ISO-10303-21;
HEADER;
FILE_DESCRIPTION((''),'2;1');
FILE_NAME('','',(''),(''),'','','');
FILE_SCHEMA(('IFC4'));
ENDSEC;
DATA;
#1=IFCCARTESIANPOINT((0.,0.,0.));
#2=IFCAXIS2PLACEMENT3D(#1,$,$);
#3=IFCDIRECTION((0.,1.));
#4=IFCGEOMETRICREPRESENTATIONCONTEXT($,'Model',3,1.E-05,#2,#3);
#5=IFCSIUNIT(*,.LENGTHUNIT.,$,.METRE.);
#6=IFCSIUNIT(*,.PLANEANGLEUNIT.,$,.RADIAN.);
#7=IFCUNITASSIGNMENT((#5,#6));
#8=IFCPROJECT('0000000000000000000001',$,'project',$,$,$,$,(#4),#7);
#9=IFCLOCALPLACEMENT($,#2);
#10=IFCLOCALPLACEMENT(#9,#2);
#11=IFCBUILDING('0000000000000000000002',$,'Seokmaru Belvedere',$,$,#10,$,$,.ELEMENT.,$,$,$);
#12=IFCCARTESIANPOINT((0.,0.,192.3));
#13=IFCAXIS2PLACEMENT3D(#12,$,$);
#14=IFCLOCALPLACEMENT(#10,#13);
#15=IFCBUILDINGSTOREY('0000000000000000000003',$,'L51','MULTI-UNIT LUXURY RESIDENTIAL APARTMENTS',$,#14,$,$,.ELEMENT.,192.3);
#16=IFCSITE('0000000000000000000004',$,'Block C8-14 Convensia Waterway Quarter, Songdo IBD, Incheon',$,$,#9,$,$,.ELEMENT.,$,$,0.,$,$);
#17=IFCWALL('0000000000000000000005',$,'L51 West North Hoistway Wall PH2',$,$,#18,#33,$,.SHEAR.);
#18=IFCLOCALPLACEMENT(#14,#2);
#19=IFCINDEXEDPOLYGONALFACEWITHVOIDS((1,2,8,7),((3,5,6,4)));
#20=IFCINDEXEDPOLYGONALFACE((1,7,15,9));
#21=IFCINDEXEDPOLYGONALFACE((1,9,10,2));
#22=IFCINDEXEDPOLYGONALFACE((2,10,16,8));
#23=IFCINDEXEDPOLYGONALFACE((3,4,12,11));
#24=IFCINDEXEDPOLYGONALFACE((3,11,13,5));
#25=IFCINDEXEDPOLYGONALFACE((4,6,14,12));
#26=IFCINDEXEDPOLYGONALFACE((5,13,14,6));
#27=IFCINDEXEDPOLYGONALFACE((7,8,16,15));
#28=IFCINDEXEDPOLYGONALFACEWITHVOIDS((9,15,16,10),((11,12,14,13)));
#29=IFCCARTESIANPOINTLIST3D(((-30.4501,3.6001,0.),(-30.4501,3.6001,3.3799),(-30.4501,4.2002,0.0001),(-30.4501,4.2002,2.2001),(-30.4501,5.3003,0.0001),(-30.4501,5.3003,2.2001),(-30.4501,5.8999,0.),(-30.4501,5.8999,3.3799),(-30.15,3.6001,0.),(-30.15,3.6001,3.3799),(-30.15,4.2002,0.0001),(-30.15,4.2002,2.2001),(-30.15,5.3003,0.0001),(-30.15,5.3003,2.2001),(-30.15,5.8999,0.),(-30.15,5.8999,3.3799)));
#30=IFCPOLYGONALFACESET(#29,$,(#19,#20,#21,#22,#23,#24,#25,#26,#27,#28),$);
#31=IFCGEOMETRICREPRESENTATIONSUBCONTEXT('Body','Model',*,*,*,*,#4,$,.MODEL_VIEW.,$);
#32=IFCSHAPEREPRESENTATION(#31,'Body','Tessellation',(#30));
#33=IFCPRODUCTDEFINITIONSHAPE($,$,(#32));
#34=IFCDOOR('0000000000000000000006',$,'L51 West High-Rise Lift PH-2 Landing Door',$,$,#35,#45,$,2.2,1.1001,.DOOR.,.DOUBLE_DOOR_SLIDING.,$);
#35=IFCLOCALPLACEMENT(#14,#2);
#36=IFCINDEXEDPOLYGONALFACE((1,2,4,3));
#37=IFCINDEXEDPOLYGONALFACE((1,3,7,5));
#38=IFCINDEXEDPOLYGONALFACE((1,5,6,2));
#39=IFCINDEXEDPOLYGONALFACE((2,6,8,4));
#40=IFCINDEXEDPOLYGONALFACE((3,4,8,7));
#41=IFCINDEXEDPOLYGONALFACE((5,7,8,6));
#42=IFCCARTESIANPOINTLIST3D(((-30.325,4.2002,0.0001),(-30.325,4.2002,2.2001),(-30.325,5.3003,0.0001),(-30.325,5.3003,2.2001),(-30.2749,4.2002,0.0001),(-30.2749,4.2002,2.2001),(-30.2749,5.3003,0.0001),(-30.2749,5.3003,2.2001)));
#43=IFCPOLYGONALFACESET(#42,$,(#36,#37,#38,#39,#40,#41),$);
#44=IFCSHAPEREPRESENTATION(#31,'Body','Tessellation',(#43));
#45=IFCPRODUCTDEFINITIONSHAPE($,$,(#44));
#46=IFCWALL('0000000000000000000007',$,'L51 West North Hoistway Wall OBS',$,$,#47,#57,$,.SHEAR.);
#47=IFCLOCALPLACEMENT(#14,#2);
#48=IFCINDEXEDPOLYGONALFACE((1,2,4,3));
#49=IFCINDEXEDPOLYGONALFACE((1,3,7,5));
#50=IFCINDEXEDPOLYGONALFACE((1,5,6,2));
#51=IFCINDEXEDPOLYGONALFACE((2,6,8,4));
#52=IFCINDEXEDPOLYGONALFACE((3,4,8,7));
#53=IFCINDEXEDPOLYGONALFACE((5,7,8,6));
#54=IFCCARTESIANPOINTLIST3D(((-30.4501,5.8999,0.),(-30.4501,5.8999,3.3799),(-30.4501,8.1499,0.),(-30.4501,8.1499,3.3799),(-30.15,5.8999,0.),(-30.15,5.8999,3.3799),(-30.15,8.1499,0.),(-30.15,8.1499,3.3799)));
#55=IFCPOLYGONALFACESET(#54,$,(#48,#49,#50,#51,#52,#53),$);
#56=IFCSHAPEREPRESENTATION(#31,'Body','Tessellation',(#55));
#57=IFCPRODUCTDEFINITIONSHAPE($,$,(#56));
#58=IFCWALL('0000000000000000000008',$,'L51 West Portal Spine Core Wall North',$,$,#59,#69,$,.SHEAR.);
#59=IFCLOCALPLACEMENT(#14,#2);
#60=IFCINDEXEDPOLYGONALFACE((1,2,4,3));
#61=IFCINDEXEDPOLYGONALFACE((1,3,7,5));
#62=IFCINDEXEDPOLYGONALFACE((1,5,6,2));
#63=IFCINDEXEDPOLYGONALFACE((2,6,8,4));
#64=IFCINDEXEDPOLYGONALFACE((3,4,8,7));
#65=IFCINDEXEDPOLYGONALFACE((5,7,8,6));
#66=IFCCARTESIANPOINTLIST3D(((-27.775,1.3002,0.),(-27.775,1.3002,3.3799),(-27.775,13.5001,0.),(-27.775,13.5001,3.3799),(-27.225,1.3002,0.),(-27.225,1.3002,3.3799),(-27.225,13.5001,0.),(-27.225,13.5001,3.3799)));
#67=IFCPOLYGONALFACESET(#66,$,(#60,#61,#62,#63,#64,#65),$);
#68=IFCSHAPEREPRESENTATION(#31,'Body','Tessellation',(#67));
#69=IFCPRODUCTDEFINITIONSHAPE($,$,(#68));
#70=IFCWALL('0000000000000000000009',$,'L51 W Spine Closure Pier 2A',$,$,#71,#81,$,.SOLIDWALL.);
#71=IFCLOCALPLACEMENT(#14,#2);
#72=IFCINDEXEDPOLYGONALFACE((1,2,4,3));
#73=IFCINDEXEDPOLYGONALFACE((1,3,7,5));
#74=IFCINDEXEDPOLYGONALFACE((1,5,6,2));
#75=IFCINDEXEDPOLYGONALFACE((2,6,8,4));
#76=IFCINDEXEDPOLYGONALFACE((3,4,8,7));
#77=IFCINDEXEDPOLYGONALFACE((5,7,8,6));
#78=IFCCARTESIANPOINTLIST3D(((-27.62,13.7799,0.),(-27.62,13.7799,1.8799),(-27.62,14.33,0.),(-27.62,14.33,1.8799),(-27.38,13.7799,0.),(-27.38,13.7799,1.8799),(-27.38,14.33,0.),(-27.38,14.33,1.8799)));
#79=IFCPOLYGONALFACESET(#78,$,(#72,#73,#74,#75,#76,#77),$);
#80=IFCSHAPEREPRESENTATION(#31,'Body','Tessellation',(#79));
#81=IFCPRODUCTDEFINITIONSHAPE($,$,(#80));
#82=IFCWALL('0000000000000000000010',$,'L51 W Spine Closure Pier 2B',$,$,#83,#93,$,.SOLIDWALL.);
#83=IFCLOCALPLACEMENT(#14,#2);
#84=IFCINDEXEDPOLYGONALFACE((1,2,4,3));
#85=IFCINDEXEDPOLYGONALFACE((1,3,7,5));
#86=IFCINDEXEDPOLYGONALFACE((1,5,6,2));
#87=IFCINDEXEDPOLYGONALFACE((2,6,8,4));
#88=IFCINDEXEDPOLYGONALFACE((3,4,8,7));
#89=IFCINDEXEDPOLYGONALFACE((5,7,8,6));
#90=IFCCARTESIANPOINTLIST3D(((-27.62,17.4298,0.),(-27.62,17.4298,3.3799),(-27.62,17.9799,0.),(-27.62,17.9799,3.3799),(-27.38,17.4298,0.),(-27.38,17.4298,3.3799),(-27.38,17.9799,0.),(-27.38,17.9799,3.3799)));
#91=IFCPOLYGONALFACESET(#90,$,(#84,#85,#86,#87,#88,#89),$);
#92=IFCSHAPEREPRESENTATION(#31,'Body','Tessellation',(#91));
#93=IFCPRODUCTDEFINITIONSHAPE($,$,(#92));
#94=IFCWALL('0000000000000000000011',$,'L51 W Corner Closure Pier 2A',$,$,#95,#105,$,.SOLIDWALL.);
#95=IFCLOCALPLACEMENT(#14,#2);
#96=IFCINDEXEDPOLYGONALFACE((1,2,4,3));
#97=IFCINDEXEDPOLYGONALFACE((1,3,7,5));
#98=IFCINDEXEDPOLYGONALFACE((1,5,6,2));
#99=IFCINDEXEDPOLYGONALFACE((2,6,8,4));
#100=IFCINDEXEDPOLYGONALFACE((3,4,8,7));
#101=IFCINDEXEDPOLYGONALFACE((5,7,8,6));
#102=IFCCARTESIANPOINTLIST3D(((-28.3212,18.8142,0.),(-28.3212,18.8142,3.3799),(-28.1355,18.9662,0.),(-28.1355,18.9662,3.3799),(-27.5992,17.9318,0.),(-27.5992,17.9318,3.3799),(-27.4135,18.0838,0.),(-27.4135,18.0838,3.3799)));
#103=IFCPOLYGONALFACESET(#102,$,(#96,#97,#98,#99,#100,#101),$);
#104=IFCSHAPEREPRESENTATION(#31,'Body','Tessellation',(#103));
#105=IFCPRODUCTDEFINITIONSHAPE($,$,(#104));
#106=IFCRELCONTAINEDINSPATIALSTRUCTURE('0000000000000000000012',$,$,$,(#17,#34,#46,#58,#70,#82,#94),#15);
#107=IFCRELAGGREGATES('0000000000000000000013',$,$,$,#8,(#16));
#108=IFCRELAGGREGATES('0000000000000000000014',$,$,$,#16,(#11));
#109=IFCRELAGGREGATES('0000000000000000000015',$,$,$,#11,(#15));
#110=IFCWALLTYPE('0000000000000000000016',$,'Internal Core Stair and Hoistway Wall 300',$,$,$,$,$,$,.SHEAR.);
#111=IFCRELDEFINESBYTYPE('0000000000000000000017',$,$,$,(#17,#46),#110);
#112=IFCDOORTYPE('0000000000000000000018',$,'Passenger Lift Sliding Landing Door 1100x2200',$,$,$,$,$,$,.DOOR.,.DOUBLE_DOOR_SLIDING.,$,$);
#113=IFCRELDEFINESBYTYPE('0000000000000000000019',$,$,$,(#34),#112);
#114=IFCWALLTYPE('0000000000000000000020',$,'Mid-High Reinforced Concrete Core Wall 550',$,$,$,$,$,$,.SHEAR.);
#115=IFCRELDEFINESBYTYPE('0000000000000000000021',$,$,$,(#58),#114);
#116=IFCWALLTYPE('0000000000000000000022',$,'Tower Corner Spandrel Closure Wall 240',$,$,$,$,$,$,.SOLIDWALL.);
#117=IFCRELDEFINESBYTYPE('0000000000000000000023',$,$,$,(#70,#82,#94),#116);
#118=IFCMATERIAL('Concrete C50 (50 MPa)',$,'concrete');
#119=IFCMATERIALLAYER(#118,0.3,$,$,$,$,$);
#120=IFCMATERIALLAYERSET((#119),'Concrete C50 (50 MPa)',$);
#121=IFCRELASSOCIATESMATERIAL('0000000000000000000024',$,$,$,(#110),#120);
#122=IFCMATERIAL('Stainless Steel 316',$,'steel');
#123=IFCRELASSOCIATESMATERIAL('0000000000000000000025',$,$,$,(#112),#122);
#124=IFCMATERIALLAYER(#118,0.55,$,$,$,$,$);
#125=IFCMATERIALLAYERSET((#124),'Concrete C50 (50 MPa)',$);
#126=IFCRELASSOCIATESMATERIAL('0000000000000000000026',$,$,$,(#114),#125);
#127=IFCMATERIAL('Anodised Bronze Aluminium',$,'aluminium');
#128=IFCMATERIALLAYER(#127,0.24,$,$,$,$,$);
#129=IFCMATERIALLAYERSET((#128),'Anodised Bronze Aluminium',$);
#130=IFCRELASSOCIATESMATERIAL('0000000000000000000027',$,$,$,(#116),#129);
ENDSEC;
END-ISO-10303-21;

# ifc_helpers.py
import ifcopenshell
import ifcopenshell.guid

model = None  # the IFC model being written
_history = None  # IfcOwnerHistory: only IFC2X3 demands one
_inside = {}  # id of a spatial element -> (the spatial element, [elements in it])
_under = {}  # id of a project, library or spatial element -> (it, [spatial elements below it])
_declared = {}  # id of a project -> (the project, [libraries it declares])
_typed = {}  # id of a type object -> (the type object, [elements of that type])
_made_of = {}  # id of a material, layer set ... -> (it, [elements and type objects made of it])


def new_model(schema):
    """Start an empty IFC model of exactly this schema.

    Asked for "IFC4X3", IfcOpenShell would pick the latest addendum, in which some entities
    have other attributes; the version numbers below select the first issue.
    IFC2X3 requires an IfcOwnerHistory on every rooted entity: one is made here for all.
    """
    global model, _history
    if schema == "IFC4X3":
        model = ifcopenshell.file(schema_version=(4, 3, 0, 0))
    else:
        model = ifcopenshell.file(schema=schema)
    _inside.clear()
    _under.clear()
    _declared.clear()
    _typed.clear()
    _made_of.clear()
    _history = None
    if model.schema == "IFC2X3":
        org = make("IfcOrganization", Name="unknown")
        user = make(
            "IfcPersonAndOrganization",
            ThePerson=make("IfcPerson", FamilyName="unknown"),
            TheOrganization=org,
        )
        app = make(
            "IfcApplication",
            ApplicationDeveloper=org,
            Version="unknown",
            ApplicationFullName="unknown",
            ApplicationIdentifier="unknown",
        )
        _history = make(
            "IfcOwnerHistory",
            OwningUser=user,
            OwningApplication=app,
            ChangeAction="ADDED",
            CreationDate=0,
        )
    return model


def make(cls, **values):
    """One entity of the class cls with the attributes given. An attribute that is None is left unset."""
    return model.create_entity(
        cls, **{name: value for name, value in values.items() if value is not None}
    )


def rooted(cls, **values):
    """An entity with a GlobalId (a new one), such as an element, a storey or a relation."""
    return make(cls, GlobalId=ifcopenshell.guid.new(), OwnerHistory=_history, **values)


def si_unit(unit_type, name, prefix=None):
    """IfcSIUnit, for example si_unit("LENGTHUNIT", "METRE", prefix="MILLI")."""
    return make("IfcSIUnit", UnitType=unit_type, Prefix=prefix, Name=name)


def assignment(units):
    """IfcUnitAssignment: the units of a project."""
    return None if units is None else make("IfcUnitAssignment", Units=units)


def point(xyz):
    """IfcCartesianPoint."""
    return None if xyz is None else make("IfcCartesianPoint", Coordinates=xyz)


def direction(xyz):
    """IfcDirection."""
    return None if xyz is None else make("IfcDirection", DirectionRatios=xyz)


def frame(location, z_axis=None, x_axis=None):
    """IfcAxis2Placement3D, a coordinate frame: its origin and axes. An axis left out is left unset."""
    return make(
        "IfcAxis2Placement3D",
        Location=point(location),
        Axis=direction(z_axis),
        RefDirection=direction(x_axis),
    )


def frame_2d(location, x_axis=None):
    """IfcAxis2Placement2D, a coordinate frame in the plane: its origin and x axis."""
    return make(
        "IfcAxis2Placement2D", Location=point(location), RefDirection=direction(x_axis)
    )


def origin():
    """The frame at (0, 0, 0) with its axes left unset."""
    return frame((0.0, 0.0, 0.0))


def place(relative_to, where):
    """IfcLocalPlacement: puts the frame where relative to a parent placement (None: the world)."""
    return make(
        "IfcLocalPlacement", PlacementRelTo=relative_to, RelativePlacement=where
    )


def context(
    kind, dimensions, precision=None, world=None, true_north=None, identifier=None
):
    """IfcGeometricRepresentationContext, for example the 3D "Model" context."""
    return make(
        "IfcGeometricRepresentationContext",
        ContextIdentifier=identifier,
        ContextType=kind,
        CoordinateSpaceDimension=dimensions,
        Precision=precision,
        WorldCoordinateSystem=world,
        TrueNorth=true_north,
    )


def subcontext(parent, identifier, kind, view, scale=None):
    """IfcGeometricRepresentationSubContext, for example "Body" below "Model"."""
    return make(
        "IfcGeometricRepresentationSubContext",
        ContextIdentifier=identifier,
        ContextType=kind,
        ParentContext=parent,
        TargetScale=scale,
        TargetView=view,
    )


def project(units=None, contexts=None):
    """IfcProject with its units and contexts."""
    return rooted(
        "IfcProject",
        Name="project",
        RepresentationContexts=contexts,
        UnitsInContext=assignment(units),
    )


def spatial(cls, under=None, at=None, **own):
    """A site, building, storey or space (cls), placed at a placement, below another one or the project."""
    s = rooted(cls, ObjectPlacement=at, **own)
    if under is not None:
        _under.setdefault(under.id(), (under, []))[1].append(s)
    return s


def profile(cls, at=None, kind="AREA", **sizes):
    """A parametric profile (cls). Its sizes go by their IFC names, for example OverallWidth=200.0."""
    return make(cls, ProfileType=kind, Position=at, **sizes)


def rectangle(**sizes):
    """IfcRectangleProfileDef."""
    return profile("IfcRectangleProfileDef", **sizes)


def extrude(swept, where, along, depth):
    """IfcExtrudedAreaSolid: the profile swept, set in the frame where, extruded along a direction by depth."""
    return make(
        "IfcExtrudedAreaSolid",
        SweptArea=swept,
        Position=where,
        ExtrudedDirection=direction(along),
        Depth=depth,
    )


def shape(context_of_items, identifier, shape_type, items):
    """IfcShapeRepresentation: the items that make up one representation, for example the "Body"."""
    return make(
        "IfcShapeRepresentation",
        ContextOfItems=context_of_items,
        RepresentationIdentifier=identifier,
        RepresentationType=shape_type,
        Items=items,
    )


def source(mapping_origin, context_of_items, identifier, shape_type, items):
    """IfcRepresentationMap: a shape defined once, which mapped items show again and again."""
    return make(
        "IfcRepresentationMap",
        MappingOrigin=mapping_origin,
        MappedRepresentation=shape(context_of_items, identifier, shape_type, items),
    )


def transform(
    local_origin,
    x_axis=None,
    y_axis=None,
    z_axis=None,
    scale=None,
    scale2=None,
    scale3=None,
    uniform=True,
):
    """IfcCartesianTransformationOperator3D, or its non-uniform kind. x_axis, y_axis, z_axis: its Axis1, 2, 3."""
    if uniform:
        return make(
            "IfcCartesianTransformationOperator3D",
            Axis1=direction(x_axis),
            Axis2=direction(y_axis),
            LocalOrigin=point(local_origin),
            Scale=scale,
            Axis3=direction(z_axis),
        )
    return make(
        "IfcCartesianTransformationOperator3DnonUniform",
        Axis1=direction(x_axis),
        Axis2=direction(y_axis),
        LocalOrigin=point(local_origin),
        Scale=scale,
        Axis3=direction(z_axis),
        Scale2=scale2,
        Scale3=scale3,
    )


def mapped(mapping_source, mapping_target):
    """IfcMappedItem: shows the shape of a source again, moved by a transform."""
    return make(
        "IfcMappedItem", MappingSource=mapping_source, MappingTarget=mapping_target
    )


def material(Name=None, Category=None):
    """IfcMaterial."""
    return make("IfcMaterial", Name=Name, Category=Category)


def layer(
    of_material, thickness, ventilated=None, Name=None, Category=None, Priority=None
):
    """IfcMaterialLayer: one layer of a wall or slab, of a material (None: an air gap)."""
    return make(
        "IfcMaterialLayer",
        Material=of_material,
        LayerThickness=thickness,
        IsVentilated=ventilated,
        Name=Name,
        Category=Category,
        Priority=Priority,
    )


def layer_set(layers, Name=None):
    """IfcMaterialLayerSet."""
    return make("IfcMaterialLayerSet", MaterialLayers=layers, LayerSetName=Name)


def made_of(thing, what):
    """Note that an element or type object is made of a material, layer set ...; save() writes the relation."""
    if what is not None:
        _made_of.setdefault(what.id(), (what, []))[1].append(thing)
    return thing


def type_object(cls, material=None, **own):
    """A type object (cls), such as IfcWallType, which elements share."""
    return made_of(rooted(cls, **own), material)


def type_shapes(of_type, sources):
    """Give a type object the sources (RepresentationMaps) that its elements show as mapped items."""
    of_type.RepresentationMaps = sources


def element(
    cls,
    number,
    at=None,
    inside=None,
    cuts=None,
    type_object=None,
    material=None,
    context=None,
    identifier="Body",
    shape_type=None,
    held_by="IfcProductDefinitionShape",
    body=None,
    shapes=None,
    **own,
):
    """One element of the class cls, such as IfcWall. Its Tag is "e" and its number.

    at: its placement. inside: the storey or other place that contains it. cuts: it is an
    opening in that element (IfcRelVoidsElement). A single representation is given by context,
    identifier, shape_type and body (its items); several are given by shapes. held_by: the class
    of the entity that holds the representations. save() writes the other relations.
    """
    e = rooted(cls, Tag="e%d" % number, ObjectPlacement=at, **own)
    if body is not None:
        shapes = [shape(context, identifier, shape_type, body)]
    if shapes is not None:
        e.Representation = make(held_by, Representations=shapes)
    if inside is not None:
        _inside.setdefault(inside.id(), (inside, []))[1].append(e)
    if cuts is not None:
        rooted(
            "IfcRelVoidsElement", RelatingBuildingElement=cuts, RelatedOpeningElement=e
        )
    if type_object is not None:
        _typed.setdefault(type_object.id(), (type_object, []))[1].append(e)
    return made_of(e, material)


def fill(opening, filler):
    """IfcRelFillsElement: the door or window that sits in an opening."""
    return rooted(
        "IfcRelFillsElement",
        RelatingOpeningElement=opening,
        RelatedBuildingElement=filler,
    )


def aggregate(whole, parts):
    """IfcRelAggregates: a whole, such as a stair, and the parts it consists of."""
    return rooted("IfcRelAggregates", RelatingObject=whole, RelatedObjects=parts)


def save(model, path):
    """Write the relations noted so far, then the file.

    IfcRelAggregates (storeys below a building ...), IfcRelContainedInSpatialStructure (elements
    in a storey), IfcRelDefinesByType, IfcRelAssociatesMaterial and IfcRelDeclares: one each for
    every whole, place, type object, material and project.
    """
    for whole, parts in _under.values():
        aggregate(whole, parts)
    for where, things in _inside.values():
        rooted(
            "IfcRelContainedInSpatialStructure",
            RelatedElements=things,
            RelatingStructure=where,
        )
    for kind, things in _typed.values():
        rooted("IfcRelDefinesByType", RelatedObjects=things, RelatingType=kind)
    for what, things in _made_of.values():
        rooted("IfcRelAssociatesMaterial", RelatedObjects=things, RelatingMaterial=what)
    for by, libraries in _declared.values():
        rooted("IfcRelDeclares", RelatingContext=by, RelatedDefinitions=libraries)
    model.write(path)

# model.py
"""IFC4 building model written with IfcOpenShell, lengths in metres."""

from ifc_helpers import new_model, si_unit, direction, frame, frame_2d, origin, place, context, subcontext, project, spatial, rectangle, extrude, source, transform, mapped, material, layer, layer_set, type_object, type_shapes, element, fill, save


model = new_model("IFC4")

# Units and contexts
model_context = context("Model", 3, precision=1e-05, world=origin(), true_north=direction((0.0, 1.0)))
body_context = subcontext(model_context, "Body", "Model", "MODEL_VIEW")
ifc_project = project(units=[si_unit("LENGTHUNIT", "METRE"), si_unit("PLANEANGLEUNIT", "RADIAN")], contexts=[model_context])

# Site, building, storey
site_placement = place(None, origin())
site = spatial("IfcSite", under=ifc_project, at=site_placement, Name="Block C8-14 Convensia Waterway Quarter, Songdo IBD, Incheon", CompositionType="ELEMENT", RefElevation=0.0)
building_placement = place(site_placement, origin())
building = spatial("IfcBuilding", under=site, at=building_placement, Name="Seokmaru Belvedere", CompositionType="ELEMENT")
storey_placement = place(building_placement, frame((0.0, 0.0, 192.3)))
storey = spatial("IfcBuildingStorey", under=building, at=storey_placement, Name="L51", Description="MULTI-UNIT LUXURY RESIDENTIAL APARTMENTS", CompositionType="ELEMENT", Elevation=192.3)

# Shared definitions
ifc_material_1 = material(Name="Anodised Bronze Aluminium", Category="aluminium")

# Shared definitions
ifc_material_2 = material(Name="Concrete C50 (50 MPa)", Category="concrete")

# Wall, opening, door
ifc_layer_1 = layer(ifc_material_2, 0.3)
ifc_layer_set_1 = layer_set([ifc_layer_1], Name="Concrete C50 (50 MPa)")
wall_type_1 = type_object("IfcWallType", Name="Internal Core Stair and Hoistway Wall 300", PredefinedType="SHEAR", material=ifc_layer_set_1)
ifc_material_3 = material(Name="Stainless Steel 316", Category="steel")
door_type_1 = type_object("IfcDoorType", Name="Passenger Lift Sliding Landing Door 1100x2200", OperationType="DOUBLE_DOOR_SLIDING", PredefinedType="DOOR", material=ifc_material_3)
shared_shape_1 = source(origin(), body_context, "Body", "SweptSolid", [
    extrude(rectangle(XDim=1.1001, YDim=2.2, at=frame_2d((0.55, 1.1001))), frame((0.0, 0.0249, 0.0), z_axis=(0.0, -1.0, 0.0), x_axis=(1.0, 0.0, 0.0)), (0.0, 0.0, 1.0), 0.05),
])
type_shapes(door_type_1, [shared_shape_1])
wall_1_placement = place(storey_placement, frame((-30.3, 3.6001, 0.0), z_axis=(0.0, 0.0, 1.0), x_axis=(0.0, 1.0, 0.0)))
wall_1 = element("IfcWall", 1, at=wall_1_placement, inside=storey, type_object=wall_type_1, Name="L51 West North Hoistway Wall PH2", PredefinedType="SHEAR", context=body_context, shape_type="SweptSolid", body=[
    extrude(rectangle(XDim=2.2998, YDim=0.3, at=frame_2d((1.1499, 0.0))), origin(), (0.0, 0.0, 1.0), 3.3799),
])
opening_1_placement = place(wall_1_placement, frame((0.6001, 0.0, 0.0)))
opening_1 = element("IfcOpeningElement", 2, at=opening_1_placement, cuts=wall_1, PredefinedType="OPENING", context=body_context, shape_type="SweptSolid", body=[
    extrude(rectangle(XDim=1.1001, YDim=2.2, at=frame_2d((0.55, 1.1001))), frame((0.0, 0.1602, 0.0), z_axis=(0.0, -1.0, 0.0), x_axis=(1.0, 0.0, 0.0)), (0.0, 0.0, 1.0), 0.3201),
])
door_1_placement = place(opening_1_placement, origin())
door_1 = element("IfcDoor", 3, at=door_1_placement, inside=storey, type_object=door_type_1, Name="L51 West High-Rise Lift PH-2 Landing Door", OperationType="DOUBLE_DOOR_SLIDING", OverallHeight=2.2, OverallWidth=1.1001, PredefinedType="DOOR", context=body_context, shape_type="MappedRepresentation", body=[
    mapped(shared_shape_1, transform((0.0, 0.0, 0.0), scale=1.0)),
])
fill(opening_1, door_1)

# Wall
wall_2_placement = place(storey_placement, frame((-30.3, 5.8999, 0.0), z_axis=(0.0, 0.0, 1.0), x_axis=(0.0, 1.0, 0.0)))
element("IfcWall", 4, at=wall_2_placement, inside=storey, type_object=wall_type_1, Name="L51 West North Hoistway Wall OBS", PredefinedType="SHEAR", context=body_context, shape_type="SweptSolid", body=[
    extrude(rectangle(XDim=2.25, YDim=0.3, at=frame_2d((1.125, 0.0))), origin(), (0.0, 0.0, 1.0), 3.3799),
])

# Walls
ifc_layer_2 = layer(ifc_material_2, 0.55)
ifc_layer_set_2 = layer_set([ifc_layer_2], Name="Concrete C50 (50 MPa)")
wall_type_2 = type_object("IfcWallType", Name="Mid-High Reinforced Concrete Core Wall 550", PredefinedType="SHEAR", material=ifc_layer_set_2)
wall_3_placement = place(storey_placement, frame((-27.5, 1.3, 0.0), z_axis=(0.0, 0.0, 1.0), x_axis=(0.0, 1.0, 0.0)))
element("IfcWall", 5, at=wall_3_placement, inside=storey, type_object=wall_type_2, Name="L51 West Portal Spine Core Wall North", PredefinedType="SHEAR", context=body_context, shape_type="SweptSolid", body=[
    extrude(rectangle(XDim=12.2, YDim=0.55, at=frame_2d((6.1001, 0.0))), origin(), (0.0, 0.0, 1.0), 3.3799),
])
ifc_layer_3 = layer(ifc_material_1, 0.24)
ifc_layer_set_3 = layer_set([ifc_layer_3], Name="Anodised Bronze Aluminium")
wall_type_3 = type_object("IfcWallType", Name="Tower Corner Spandrel Closure Wall 240", PredefinedType="SOLIDWALL", material=ifc_layer_set_3)
wall_4_placement = place(storey_placement, frame((-27.5, 13.78, 0.0), z_axis=(0.0, 0.0, 1.0), x_axis=(0.0, 1.0, 0.0)))
element("IfcWall", 6, at=wall_4_placement, inside=storey, type_object=wall_type_3, Name="L51 W Spine Closure Pier 2A", PredefinedType="SOLIDWALL", context=body_context, shape_type="SweptSolid", body=[
    extrude(rectangle(XDim=0.55, YDim=0.24, at=frame_2d((0.2749, 0.0))), origin(), (0.0, 0.0, 1.0), 1.8799),
])
wall_5_placement = place(storey_placement, frame((-27.5, 17.4299, 0.0), z_axis=(0.0, 0.0, 1.0), x_axis=(0.0, 1.0, 0.0)))
element("IfcWall", 7, at=wall_5_placement, inside=storey, type_object=wall_type_3, Name="L51 W Spine Closure Pier 2B", PredefinedType="SOLIDWALL", context=body_context, shape_type="SweptSolid", body=[
    extrude(rectangle(XDim=0.55, YDim=0.24, at=frame_2d((0.2749, 0.0))), origin(), (0.0, 0.0, 1.0), 3.3799),
])
wall_6_placement = place(storey_placement, frame((-27.5063, 18.0078, 0.0), z_axis=(0.0, 0.0, 1.0), x_axis=(-0.633249, 0.773948, 0.0)))
element("IfcWall", 8, at=wall_6_placement, inside=storey, type_object=wall_type_3, Name="L51 W Corner Closure Pier 2A", PredefinedType="SOLIDWALL", context=body_context, shape_type="SweptSolid", body=[
    extrude(rectangle(XDim=1.1401, YDim=0.24, at=frame_2d((0.5701, 0.0))), origin(), (0.0, 0.0, 1.0), 3.3799),
])

save(model, "model.ifc")
